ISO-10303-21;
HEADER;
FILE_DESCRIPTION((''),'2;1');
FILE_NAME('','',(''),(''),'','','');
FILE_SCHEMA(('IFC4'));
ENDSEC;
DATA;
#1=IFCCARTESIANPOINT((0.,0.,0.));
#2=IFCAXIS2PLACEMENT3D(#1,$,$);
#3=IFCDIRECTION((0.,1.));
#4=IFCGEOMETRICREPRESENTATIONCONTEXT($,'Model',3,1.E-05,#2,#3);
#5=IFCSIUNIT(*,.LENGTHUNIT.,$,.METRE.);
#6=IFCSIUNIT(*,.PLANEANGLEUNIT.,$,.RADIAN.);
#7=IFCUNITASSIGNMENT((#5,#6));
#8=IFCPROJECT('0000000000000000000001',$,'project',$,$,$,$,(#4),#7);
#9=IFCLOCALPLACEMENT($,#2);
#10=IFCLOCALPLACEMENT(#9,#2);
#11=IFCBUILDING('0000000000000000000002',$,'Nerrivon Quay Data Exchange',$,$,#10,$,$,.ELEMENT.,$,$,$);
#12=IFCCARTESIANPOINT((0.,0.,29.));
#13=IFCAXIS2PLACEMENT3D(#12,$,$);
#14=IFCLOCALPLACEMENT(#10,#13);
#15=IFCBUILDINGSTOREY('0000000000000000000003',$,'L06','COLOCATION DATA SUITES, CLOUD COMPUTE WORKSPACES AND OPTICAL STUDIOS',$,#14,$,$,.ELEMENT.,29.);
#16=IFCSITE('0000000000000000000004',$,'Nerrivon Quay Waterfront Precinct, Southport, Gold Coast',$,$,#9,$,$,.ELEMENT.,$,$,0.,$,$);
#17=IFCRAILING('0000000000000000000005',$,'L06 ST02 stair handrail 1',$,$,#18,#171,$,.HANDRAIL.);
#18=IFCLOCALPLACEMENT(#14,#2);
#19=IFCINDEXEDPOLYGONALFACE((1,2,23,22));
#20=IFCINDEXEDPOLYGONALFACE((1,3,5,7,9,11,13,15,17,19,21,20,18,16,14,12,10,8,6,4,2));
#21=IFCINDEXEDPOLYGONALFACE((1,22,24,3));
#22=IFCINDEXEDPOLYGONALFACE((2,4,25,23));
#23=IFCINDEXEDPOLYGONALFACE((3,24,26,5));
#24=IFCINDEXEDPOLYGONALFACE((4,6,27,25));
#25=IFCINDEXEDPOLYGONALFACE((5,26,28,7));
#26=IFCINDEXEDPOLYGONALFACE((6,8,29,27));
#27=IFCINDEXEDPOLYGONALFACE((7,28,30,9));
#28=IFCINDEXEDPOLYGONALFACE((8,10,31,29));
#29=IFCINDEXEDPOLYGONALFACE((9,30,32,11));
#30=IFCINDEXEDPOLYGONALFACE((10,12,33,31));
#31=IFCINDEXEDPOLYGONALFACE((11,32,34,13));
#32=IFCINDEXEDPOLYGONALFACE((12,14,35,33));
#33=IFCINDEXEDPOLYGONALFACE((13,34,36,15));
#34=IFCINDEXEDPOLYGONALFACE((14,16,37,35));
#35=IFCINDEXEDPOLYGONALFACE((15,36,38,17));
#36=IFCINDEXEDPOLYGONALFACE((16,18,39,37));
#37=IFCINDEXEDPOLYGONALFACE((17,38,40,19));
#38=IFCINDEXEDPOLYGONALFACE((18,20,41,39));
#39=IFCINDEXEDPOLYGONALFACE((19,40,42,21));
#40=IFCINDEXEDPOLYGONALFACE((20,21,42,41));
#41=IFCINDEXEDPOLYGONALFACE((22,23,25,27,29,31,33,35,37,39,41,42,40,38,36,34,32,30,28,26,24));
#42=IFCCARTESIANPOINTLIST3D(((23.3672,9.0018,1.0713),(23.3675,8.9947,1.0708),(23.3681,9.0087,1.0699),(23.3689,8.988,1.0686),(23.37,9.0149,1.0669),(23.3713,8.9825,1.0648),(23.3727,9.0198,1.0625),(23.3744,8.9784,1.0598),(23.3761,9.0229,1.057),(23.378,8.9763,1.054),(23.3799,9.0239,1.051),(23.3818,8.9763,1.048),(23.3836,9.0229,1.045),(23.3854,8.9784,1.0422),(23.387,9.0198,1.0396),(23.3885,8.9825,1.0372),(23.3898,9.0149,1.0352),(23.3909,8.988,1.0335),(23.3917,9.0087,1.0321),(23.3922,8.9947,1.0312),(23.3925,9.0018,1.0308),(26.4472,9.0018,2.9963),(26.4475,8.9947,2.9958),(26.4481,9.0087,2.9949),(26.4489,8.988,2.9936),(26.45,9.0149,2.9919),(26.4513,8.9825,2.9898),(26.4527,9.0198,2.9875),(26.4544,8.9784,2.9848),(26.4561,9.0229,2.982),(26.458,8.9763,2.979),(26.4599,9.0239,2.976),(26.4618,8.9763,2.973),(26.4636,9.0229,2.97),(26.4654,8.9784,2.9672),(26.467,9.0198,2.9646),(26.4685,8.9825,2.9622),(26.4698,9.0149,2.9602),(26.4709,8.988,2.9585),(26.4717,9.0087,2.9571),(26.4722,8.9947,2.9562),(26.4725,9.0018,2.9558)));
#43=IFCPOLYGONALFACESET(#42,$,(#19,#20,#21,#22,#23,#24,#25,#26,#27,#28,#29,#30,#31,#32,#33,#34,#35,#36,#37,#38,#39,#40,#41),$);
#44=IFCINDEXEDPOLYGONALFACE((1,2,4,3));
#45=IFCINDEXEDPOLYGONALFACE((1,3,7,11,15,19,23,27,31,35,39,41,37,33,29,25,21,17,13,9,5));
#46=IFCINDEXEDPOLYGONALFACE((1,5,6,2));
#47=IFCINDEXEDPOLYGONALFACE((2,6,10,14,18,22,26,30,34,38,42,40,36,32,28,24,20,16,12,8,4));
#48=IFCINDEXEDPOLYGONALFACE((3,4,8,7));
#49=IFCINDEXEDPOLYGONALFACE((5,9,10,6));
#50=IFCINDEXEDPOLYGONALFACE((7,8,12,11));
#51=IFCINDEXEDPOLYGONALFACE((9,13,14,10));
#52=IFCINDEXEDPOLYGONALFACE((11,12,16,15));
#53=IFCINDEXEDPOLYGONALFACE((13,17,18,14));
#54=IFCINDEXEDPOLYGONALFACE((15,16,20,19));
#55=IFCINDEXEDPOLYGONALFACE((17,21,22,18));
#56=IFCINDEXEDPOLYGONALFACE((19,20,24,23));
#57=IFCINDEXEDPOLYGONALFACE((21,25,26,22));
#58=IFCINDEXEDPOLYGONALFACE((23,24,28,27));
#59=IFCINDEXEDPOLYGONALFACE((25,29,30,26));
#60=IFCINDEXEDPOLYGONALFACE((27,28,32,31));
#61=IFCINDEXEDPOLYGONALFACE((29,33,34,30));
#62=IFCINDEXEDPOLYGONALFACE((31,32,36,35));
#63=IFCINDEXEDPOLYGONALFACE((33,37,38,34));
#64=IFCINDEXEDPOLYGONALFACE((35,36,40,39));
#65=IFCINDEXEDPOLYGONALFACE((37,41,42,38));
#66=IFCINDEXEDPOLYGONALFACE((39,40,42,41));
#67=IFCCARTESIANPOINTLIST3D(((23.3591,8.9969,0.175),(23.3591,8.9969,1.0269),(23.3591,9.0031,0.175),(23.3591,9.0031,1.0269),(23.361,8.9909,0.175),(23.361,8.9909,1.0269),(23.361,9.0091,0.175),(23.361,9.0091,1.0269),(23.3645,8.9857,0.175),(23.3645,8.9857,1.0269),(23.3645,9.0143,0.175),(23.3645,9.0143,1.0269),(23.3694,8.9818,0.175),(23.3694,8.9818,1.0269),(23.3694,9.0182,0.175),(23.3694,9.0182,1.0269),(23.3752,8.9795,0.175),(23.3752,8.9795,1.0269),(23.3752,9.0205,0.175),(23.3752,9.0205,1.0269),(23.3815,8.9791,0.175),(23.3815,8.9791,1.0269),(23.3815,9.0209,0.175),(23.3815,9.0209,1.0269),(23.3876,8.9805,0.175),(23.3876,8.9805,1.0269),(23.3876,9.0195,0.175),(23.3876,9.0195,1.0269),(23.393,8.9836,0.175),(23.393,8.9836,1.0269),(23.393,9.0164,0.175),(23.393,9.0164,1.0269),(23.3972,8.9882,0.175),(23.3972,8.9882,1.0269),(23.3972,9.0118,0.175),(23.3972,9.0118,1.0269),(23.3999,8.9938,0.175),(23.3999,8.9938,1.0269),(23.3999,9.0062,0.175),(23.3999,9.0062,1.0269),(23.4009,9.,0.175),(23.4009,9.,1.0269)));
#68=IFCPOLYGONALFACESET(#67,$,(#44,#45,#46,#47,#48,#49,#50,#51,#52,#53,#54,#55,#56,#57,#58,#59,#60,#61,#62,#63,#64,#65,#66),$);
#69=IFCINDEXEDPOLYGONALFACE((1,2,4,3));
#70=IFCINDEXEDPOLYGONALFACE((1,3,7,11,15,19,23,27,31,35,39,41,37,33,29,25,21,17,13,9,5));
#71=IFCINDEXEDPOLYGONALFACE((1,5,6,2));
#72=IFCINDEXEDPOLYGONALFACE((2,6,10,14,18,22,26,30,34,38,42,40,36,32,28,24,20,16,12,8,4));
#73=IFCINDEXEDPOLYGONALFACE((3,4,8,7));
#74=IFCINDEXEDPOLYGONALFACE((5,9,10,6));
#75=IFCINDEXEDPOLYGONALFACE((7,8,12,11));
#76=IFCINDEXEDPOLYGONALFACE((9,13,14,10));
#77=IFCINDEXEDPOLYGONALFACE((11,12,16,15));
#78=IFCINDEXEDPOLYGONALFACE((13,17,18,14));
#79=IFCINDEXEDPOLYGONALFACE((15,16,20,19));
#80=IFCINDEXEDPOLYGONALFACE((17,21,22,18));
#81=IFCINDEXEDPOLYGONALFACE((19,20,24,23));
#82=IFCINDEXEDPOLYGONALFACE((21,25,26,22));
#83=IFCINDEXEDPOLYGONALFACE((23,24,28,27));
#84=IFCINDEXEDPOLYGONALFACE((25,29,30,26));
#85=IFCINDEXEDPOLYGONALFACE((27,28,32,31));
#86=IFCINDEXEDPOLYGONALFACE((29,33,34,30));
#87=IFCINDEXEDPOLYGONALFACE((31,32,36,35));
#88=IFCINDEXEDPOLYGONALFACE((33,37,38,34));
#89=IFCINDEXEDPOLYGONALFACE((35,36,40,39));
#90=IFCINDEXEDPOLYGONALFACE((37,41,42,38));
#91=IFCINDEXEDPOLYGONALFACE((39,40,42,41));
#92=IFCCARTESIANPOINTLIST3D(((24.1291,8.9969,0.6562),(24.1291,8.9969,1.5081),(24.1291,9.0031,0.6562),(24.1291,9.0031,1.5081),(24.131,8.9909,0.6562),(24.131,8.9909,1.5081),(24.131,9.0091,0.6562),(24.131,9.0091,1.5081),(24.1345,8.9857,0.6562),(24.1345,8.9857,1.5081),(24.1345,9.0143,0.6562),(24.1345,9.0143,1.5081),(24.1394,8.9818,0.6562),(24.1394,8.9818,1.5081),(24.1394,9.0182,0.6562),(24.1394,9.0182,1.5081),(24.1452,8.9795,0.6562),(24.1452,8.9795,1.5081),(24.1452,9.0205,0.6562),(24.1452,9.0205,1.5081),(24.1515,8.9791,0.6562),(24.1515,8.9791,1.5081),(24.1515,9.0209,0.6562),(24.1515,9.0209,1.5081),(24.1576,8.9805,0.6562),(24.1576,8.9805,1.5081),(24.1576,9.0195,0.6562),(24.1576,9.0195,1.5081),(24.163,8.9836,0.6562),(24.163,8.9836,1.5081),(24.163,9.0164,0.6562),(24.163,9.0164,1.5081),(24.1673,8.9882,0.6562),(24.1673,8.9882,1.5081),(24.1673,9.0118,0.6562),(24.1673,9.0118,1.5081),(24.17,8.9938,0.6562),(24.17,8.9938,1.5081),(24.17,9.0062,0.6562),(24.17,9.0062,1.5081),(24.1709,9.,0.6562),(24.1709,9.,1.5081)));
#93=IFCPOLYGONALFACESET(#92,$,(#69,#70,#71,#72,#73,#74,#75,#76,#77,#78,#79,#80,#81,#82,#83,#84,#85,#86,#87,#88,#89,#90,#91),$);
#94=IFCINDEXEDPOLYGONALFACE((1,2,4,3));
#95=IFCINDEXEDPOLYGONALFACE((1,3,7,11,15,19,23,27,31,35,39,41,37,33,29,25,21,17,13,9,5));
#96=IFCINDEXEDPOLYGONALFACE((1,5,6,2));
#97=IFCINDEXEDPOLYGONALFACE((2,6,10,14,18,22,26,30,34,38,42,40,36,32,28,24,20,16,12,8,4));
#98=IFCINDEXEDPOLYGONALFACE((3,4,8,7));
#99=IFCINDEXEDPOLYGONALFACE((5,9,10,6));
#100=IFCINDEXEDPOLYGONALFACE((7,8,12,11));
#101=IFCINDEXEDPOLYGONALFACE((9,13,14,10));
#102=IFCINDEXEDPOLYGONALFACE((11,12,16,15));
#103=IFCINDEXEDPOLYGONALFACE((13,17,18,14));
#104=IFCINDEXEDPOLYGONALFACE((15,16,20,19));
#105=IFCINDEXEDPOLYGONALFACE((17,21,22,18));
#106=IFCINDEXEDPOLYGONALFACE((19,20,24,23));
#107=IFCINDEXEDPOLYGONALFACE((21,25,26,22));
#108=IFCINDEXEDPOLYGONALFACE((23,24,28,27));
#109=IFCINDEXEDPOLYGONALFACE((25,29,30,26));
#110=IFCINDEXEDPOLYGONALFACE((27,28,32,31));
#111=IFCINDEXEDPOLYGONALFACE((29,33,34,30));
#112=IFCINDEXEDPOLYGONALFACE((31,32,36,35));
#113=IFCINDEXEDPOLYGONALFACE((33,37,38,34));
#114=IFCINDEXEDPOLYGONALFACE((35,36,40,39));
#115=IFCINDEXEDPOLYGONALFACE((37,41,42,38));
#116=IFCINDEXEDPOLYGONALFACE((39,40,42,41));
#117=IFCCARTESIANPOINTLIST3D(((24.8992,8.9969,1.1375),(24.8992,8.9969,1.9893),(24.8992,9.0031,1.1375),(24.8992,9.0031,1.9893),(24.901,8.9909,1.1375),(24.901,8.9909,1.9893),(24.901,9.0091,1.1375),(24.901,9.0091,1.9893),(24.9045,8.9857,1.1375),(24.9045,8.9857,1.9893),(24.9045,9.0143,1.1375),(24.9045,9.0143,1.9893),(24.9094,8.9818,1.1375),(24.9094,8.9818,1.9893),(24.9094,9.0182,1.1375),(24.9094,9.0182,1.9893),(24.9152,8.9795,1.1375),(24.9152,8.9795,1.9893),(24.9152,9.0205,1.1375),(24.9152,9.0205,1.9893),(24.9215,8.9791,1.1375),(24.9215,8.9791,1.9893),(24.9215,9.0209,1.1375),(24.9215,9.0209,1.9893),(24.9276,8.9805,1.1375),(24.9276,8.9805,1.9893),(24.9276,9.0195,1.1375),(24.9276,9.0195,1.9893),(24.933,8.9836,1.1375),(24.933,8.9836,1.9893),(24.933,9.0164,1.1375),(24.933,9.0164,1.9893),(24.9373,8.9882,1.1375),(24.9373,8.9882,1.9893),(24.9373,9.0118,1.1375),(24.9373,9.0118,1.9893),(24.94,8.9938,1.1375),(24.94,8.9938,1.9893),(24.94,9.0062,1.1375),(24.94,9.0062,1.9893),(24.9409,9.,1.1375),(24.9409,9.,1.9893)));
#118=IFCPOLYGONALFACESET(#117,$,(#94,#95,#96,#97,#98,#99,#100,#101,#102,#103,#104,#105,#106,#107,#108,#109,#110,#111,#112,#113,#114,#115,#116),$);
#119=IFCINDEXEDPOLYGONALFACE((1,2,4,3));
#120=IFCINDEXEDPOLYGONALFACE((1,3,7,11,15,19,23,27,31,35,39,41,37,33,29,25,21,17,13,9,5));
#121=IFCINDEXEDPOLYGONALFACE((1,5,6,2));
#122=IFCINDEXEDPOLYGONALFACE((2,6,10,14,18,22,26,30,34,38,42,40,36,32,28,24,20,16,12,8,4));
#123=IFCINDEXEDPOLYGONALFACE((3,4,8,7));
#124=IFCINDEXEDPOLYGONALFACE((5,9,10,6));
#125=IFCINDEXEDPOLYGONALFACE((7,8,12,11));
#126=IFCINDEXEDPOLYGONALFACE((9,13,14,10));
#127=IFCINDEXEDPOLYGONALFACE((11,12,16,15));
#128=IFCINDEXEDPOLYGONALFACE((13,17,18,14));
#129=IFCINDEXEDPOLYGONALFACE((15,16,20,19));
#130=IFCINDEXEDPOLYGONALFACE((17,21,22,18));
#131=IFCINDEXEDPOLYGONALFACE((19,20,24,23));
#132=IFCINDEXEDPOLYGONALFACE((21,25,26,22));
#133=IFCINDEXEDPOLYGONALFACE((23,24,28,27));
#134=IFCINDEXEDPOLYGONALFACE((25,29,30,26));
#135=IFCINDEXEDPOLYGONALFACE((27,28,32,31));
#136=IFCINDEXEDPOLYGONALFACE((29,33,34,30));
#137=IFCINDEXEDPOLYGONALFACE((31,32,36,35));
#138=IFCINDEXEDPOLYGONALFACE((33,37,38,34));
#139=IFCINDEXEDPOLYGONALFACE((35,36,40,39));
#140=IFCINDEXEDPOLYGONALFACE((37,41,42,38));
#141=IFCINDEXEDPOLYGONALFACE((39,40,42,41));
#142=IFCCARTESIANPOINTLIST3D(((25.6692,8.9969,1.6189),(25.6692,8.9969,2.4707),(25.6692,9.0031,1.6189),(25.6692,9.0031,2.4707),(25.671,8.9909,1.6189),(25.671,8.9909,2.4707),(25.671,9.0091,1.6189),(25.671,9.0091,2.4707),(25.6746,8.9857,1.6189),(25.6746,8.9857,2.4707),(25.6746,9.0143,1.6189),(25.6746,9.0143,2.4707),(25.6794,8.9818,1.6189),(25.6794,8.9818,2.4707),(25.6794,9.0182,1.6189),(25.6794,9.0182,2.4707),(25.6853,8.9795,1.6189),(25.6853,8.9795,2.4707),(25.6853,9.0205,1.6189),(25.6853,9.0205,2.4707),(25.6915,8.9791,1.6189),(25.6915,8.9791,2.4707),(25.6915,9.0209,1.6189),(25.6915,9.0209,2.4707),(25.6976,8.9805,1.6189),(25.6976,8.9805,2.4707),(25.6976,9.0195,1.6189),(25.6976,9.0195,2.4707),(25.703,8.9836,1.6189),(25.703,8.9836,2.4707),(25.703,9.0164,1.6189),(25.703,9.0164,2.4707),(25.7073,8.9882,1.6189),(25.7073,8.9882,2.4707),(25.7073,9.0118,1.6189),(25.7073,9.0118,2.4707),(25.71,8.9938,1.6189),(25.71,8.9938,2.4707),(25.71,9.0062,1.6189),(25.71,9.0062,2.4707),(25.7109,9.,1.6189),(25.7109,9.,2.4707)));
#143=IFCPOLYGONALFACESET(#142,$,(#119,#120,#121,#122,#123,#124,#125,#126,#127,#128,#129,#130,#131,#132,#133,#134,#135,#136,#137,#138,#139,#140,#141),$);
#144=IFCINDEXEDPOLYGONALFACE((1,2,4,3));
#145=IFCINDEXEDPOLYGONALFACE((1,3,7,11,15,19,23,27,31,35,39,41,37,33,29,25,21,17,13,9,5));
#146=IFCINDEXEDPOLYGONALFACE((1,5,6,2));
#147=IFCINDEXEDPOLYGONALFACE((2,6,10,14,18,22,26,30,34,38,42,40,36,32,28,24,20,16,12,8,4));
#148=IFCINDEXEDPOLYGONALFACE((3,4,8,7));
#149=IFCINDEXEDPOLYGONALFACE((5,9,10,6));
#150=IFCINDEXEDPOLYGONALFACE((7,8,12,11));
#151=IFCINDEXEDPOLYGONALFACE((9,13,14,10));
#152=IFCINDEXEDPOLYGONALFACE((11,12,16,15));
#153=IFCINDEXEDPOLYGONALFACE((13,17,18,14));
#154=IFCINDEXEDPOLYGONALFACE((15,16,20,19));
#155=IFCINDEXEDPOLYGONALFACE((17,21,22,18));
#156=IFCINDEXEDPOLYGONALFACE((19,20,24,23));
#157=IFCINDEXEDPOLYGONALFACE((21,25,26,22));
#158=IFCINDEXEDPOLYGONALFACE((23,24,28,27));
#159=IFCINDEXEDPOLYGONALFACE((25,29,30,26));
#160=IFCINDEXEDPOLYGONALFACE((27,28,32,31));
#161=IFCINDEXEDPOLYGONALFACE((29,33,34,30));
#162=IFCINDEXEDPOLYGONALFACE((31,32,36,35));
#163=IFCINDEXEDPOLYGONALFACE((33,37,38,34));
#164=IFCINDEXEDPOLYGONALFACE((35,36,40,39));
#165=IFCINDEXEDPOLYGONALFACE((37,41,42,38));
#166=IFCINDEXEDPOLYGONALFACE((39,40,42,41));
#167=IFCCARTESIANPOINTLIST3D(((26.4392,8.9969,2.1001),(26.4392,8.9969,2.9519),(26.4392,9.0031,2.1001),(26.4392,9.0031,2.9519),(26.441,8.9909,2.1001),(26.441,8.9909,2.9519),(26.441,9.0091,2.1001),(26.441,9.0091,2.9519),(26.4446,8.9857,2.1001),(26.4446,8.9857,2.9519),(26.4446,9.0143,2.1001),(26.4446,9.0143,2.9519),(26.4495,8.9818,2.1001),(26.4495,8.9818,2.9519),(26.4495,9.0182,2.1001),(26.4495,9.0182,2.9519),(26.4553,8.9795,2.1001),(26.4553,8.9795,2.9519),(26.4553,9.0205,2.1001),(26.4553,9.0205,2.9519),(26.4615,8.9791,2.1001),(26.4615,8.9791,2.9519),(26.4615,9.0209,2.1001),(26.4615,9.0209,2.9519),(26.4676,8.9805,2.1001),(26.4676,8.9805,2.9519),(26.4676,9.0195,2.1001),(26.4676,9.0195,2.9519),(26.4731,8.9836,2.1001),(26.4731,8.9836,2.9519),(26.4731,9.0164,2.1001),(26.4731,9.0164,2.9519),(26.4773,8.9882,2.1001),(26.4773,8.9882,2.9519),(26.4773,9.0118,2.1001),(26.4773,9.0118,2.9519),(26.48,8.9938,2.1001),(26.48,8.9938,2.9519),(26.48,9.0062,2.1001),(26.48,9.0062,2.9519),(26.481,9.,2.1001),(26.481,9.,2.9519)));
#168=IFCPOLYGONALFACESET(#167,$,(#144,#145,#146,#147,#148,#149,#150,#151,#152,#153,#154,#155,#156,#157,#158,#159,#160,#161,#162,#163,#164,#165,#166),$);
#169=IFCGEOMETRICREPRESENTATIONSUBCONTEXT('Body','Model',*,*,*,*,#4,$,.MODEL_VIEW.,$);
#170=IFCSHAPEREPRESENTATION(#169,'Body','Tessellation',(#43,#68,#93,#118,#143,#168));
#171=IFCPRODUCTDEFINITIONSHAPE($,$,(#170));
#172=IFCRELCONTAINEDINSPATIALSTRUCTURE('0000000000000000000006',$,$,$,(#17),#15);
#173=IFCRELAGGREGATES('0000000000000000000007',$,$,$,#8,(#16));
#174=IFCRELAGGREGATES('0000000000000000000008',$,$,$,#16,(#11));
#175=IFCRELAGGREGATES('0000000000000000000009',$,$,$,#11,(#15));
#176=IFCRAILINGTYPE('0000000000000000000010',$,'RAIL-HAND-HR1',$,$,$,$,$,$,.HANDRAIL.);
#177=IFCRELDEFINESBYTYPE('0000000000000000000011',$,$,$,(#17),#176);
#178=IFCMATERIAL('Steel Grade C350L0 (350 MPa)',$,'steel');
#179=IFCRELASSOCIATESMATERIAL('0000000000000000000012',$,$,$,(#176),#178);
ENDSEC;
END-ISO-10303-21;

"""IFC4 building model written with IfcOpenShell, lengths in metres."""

from ifc_helpers import new_model, si_unit, direction, frame, origin, origin_2d, place, context, subcontext, project, spatial, circle, extrude, material, type_object, element, save


model = new_model("IFC4")

# Units and contexts
model_context = context("Model", 3, precision=1e-05, world=origin(), true_north=direction((0.0, 1.0)))
body_context = subcontext(model_context, "Body", "Model", "MODEL_VIEW")
ifc_project = project(units=[si_unit("LENGTHUNIT", "METRE"), si_unit("PLANEANGLEUNIT", "RADIAN")], contexts=[model_context])

# Site, building, storey
site_placement = place(None, origin())
site = spatial("IfcSite", under=ifc_project, at=site_placement, Name="Nerrivon Quay Waterfront Precinct, Southport, Gold Coast", CompositionType="ELEMENT", RefElevation=0.0)
building_placement = place(site_placement, origin())
building = spatial("IfcBuilding", under=site, at=building_placement, Name="Nerrivon Quay Data Exchange", CompositionType="ELEMENT")
storey_placement = place(building_placement, frame((0.0, 0.0, 29.0)))
storey = spatial("IfcBuildingStorey", under=building, at=storey_placement, Name="L06", Description="COLOCATION DATA SUITES, CLOUD COMPUTE WORKSPACES AND OPTICAL STUDIOS", CompositionType="ELEMENT", Elevation=29.0)

# Railing
ifc_material_1 = material(Name="Steel Grade C350L0 (350 MPa)", Category="steel")
railing_type_1 = type_object("IfcRailingType", Name="RAIL-HAND-HR1", PredefinedType="HANDRAIL", material=ifc_material_1)
railing_1_placement = place(storey_placement, frame((23.3799, 9.0, 0.175)))
element("IfcRailing", 1, at=railing_1_placement, inside=storey, type_object=railing_type_1, Name="L06 ST02 stair handrail 1", PredefinedType="HANDRAIL", context=body_context, shape_type="SweptSolid", body=[
    extrude(circle(Radius=0.0239, at=origin_2d()), frame((0.0, 0.0, 0.876), z_axis=(0.847998, 0.0, 0.529999), x_axis=(0.0, 1.0, 0.0)), (0.0, 0.0, 1.0), 3.6321),
    extrude(circle(Radius=0.021, at=origin_2d()), origin(), (0.0, 0.0, 1.0), 0.8518),
    extrude(circle(Radius=0.021, at=origin_2d()), frame((0.77, 0.0, 0.4812)), (0.0, 0.0, 1.0), 0.8518),
    extrude(circle(Radius=0.021, at=origin_2d()), frame((1.54, 0.0, 0.9624)), (0.0, 0.0, 1.0), 0.8518),
    extrude(circle(Radius=0.021, at=origin_2d()), frame((2.3101, 0.0, 1.4438)), (0.0, 0.0, 1.0), 0.8518),
    extrude(circle(Radius=0.021, at=origin_2d()), frame((3.0801, 0.0, 1.925)), (0.0, 0.0, 1.0), 0.8518),
])

save(model, "model.ifc")
